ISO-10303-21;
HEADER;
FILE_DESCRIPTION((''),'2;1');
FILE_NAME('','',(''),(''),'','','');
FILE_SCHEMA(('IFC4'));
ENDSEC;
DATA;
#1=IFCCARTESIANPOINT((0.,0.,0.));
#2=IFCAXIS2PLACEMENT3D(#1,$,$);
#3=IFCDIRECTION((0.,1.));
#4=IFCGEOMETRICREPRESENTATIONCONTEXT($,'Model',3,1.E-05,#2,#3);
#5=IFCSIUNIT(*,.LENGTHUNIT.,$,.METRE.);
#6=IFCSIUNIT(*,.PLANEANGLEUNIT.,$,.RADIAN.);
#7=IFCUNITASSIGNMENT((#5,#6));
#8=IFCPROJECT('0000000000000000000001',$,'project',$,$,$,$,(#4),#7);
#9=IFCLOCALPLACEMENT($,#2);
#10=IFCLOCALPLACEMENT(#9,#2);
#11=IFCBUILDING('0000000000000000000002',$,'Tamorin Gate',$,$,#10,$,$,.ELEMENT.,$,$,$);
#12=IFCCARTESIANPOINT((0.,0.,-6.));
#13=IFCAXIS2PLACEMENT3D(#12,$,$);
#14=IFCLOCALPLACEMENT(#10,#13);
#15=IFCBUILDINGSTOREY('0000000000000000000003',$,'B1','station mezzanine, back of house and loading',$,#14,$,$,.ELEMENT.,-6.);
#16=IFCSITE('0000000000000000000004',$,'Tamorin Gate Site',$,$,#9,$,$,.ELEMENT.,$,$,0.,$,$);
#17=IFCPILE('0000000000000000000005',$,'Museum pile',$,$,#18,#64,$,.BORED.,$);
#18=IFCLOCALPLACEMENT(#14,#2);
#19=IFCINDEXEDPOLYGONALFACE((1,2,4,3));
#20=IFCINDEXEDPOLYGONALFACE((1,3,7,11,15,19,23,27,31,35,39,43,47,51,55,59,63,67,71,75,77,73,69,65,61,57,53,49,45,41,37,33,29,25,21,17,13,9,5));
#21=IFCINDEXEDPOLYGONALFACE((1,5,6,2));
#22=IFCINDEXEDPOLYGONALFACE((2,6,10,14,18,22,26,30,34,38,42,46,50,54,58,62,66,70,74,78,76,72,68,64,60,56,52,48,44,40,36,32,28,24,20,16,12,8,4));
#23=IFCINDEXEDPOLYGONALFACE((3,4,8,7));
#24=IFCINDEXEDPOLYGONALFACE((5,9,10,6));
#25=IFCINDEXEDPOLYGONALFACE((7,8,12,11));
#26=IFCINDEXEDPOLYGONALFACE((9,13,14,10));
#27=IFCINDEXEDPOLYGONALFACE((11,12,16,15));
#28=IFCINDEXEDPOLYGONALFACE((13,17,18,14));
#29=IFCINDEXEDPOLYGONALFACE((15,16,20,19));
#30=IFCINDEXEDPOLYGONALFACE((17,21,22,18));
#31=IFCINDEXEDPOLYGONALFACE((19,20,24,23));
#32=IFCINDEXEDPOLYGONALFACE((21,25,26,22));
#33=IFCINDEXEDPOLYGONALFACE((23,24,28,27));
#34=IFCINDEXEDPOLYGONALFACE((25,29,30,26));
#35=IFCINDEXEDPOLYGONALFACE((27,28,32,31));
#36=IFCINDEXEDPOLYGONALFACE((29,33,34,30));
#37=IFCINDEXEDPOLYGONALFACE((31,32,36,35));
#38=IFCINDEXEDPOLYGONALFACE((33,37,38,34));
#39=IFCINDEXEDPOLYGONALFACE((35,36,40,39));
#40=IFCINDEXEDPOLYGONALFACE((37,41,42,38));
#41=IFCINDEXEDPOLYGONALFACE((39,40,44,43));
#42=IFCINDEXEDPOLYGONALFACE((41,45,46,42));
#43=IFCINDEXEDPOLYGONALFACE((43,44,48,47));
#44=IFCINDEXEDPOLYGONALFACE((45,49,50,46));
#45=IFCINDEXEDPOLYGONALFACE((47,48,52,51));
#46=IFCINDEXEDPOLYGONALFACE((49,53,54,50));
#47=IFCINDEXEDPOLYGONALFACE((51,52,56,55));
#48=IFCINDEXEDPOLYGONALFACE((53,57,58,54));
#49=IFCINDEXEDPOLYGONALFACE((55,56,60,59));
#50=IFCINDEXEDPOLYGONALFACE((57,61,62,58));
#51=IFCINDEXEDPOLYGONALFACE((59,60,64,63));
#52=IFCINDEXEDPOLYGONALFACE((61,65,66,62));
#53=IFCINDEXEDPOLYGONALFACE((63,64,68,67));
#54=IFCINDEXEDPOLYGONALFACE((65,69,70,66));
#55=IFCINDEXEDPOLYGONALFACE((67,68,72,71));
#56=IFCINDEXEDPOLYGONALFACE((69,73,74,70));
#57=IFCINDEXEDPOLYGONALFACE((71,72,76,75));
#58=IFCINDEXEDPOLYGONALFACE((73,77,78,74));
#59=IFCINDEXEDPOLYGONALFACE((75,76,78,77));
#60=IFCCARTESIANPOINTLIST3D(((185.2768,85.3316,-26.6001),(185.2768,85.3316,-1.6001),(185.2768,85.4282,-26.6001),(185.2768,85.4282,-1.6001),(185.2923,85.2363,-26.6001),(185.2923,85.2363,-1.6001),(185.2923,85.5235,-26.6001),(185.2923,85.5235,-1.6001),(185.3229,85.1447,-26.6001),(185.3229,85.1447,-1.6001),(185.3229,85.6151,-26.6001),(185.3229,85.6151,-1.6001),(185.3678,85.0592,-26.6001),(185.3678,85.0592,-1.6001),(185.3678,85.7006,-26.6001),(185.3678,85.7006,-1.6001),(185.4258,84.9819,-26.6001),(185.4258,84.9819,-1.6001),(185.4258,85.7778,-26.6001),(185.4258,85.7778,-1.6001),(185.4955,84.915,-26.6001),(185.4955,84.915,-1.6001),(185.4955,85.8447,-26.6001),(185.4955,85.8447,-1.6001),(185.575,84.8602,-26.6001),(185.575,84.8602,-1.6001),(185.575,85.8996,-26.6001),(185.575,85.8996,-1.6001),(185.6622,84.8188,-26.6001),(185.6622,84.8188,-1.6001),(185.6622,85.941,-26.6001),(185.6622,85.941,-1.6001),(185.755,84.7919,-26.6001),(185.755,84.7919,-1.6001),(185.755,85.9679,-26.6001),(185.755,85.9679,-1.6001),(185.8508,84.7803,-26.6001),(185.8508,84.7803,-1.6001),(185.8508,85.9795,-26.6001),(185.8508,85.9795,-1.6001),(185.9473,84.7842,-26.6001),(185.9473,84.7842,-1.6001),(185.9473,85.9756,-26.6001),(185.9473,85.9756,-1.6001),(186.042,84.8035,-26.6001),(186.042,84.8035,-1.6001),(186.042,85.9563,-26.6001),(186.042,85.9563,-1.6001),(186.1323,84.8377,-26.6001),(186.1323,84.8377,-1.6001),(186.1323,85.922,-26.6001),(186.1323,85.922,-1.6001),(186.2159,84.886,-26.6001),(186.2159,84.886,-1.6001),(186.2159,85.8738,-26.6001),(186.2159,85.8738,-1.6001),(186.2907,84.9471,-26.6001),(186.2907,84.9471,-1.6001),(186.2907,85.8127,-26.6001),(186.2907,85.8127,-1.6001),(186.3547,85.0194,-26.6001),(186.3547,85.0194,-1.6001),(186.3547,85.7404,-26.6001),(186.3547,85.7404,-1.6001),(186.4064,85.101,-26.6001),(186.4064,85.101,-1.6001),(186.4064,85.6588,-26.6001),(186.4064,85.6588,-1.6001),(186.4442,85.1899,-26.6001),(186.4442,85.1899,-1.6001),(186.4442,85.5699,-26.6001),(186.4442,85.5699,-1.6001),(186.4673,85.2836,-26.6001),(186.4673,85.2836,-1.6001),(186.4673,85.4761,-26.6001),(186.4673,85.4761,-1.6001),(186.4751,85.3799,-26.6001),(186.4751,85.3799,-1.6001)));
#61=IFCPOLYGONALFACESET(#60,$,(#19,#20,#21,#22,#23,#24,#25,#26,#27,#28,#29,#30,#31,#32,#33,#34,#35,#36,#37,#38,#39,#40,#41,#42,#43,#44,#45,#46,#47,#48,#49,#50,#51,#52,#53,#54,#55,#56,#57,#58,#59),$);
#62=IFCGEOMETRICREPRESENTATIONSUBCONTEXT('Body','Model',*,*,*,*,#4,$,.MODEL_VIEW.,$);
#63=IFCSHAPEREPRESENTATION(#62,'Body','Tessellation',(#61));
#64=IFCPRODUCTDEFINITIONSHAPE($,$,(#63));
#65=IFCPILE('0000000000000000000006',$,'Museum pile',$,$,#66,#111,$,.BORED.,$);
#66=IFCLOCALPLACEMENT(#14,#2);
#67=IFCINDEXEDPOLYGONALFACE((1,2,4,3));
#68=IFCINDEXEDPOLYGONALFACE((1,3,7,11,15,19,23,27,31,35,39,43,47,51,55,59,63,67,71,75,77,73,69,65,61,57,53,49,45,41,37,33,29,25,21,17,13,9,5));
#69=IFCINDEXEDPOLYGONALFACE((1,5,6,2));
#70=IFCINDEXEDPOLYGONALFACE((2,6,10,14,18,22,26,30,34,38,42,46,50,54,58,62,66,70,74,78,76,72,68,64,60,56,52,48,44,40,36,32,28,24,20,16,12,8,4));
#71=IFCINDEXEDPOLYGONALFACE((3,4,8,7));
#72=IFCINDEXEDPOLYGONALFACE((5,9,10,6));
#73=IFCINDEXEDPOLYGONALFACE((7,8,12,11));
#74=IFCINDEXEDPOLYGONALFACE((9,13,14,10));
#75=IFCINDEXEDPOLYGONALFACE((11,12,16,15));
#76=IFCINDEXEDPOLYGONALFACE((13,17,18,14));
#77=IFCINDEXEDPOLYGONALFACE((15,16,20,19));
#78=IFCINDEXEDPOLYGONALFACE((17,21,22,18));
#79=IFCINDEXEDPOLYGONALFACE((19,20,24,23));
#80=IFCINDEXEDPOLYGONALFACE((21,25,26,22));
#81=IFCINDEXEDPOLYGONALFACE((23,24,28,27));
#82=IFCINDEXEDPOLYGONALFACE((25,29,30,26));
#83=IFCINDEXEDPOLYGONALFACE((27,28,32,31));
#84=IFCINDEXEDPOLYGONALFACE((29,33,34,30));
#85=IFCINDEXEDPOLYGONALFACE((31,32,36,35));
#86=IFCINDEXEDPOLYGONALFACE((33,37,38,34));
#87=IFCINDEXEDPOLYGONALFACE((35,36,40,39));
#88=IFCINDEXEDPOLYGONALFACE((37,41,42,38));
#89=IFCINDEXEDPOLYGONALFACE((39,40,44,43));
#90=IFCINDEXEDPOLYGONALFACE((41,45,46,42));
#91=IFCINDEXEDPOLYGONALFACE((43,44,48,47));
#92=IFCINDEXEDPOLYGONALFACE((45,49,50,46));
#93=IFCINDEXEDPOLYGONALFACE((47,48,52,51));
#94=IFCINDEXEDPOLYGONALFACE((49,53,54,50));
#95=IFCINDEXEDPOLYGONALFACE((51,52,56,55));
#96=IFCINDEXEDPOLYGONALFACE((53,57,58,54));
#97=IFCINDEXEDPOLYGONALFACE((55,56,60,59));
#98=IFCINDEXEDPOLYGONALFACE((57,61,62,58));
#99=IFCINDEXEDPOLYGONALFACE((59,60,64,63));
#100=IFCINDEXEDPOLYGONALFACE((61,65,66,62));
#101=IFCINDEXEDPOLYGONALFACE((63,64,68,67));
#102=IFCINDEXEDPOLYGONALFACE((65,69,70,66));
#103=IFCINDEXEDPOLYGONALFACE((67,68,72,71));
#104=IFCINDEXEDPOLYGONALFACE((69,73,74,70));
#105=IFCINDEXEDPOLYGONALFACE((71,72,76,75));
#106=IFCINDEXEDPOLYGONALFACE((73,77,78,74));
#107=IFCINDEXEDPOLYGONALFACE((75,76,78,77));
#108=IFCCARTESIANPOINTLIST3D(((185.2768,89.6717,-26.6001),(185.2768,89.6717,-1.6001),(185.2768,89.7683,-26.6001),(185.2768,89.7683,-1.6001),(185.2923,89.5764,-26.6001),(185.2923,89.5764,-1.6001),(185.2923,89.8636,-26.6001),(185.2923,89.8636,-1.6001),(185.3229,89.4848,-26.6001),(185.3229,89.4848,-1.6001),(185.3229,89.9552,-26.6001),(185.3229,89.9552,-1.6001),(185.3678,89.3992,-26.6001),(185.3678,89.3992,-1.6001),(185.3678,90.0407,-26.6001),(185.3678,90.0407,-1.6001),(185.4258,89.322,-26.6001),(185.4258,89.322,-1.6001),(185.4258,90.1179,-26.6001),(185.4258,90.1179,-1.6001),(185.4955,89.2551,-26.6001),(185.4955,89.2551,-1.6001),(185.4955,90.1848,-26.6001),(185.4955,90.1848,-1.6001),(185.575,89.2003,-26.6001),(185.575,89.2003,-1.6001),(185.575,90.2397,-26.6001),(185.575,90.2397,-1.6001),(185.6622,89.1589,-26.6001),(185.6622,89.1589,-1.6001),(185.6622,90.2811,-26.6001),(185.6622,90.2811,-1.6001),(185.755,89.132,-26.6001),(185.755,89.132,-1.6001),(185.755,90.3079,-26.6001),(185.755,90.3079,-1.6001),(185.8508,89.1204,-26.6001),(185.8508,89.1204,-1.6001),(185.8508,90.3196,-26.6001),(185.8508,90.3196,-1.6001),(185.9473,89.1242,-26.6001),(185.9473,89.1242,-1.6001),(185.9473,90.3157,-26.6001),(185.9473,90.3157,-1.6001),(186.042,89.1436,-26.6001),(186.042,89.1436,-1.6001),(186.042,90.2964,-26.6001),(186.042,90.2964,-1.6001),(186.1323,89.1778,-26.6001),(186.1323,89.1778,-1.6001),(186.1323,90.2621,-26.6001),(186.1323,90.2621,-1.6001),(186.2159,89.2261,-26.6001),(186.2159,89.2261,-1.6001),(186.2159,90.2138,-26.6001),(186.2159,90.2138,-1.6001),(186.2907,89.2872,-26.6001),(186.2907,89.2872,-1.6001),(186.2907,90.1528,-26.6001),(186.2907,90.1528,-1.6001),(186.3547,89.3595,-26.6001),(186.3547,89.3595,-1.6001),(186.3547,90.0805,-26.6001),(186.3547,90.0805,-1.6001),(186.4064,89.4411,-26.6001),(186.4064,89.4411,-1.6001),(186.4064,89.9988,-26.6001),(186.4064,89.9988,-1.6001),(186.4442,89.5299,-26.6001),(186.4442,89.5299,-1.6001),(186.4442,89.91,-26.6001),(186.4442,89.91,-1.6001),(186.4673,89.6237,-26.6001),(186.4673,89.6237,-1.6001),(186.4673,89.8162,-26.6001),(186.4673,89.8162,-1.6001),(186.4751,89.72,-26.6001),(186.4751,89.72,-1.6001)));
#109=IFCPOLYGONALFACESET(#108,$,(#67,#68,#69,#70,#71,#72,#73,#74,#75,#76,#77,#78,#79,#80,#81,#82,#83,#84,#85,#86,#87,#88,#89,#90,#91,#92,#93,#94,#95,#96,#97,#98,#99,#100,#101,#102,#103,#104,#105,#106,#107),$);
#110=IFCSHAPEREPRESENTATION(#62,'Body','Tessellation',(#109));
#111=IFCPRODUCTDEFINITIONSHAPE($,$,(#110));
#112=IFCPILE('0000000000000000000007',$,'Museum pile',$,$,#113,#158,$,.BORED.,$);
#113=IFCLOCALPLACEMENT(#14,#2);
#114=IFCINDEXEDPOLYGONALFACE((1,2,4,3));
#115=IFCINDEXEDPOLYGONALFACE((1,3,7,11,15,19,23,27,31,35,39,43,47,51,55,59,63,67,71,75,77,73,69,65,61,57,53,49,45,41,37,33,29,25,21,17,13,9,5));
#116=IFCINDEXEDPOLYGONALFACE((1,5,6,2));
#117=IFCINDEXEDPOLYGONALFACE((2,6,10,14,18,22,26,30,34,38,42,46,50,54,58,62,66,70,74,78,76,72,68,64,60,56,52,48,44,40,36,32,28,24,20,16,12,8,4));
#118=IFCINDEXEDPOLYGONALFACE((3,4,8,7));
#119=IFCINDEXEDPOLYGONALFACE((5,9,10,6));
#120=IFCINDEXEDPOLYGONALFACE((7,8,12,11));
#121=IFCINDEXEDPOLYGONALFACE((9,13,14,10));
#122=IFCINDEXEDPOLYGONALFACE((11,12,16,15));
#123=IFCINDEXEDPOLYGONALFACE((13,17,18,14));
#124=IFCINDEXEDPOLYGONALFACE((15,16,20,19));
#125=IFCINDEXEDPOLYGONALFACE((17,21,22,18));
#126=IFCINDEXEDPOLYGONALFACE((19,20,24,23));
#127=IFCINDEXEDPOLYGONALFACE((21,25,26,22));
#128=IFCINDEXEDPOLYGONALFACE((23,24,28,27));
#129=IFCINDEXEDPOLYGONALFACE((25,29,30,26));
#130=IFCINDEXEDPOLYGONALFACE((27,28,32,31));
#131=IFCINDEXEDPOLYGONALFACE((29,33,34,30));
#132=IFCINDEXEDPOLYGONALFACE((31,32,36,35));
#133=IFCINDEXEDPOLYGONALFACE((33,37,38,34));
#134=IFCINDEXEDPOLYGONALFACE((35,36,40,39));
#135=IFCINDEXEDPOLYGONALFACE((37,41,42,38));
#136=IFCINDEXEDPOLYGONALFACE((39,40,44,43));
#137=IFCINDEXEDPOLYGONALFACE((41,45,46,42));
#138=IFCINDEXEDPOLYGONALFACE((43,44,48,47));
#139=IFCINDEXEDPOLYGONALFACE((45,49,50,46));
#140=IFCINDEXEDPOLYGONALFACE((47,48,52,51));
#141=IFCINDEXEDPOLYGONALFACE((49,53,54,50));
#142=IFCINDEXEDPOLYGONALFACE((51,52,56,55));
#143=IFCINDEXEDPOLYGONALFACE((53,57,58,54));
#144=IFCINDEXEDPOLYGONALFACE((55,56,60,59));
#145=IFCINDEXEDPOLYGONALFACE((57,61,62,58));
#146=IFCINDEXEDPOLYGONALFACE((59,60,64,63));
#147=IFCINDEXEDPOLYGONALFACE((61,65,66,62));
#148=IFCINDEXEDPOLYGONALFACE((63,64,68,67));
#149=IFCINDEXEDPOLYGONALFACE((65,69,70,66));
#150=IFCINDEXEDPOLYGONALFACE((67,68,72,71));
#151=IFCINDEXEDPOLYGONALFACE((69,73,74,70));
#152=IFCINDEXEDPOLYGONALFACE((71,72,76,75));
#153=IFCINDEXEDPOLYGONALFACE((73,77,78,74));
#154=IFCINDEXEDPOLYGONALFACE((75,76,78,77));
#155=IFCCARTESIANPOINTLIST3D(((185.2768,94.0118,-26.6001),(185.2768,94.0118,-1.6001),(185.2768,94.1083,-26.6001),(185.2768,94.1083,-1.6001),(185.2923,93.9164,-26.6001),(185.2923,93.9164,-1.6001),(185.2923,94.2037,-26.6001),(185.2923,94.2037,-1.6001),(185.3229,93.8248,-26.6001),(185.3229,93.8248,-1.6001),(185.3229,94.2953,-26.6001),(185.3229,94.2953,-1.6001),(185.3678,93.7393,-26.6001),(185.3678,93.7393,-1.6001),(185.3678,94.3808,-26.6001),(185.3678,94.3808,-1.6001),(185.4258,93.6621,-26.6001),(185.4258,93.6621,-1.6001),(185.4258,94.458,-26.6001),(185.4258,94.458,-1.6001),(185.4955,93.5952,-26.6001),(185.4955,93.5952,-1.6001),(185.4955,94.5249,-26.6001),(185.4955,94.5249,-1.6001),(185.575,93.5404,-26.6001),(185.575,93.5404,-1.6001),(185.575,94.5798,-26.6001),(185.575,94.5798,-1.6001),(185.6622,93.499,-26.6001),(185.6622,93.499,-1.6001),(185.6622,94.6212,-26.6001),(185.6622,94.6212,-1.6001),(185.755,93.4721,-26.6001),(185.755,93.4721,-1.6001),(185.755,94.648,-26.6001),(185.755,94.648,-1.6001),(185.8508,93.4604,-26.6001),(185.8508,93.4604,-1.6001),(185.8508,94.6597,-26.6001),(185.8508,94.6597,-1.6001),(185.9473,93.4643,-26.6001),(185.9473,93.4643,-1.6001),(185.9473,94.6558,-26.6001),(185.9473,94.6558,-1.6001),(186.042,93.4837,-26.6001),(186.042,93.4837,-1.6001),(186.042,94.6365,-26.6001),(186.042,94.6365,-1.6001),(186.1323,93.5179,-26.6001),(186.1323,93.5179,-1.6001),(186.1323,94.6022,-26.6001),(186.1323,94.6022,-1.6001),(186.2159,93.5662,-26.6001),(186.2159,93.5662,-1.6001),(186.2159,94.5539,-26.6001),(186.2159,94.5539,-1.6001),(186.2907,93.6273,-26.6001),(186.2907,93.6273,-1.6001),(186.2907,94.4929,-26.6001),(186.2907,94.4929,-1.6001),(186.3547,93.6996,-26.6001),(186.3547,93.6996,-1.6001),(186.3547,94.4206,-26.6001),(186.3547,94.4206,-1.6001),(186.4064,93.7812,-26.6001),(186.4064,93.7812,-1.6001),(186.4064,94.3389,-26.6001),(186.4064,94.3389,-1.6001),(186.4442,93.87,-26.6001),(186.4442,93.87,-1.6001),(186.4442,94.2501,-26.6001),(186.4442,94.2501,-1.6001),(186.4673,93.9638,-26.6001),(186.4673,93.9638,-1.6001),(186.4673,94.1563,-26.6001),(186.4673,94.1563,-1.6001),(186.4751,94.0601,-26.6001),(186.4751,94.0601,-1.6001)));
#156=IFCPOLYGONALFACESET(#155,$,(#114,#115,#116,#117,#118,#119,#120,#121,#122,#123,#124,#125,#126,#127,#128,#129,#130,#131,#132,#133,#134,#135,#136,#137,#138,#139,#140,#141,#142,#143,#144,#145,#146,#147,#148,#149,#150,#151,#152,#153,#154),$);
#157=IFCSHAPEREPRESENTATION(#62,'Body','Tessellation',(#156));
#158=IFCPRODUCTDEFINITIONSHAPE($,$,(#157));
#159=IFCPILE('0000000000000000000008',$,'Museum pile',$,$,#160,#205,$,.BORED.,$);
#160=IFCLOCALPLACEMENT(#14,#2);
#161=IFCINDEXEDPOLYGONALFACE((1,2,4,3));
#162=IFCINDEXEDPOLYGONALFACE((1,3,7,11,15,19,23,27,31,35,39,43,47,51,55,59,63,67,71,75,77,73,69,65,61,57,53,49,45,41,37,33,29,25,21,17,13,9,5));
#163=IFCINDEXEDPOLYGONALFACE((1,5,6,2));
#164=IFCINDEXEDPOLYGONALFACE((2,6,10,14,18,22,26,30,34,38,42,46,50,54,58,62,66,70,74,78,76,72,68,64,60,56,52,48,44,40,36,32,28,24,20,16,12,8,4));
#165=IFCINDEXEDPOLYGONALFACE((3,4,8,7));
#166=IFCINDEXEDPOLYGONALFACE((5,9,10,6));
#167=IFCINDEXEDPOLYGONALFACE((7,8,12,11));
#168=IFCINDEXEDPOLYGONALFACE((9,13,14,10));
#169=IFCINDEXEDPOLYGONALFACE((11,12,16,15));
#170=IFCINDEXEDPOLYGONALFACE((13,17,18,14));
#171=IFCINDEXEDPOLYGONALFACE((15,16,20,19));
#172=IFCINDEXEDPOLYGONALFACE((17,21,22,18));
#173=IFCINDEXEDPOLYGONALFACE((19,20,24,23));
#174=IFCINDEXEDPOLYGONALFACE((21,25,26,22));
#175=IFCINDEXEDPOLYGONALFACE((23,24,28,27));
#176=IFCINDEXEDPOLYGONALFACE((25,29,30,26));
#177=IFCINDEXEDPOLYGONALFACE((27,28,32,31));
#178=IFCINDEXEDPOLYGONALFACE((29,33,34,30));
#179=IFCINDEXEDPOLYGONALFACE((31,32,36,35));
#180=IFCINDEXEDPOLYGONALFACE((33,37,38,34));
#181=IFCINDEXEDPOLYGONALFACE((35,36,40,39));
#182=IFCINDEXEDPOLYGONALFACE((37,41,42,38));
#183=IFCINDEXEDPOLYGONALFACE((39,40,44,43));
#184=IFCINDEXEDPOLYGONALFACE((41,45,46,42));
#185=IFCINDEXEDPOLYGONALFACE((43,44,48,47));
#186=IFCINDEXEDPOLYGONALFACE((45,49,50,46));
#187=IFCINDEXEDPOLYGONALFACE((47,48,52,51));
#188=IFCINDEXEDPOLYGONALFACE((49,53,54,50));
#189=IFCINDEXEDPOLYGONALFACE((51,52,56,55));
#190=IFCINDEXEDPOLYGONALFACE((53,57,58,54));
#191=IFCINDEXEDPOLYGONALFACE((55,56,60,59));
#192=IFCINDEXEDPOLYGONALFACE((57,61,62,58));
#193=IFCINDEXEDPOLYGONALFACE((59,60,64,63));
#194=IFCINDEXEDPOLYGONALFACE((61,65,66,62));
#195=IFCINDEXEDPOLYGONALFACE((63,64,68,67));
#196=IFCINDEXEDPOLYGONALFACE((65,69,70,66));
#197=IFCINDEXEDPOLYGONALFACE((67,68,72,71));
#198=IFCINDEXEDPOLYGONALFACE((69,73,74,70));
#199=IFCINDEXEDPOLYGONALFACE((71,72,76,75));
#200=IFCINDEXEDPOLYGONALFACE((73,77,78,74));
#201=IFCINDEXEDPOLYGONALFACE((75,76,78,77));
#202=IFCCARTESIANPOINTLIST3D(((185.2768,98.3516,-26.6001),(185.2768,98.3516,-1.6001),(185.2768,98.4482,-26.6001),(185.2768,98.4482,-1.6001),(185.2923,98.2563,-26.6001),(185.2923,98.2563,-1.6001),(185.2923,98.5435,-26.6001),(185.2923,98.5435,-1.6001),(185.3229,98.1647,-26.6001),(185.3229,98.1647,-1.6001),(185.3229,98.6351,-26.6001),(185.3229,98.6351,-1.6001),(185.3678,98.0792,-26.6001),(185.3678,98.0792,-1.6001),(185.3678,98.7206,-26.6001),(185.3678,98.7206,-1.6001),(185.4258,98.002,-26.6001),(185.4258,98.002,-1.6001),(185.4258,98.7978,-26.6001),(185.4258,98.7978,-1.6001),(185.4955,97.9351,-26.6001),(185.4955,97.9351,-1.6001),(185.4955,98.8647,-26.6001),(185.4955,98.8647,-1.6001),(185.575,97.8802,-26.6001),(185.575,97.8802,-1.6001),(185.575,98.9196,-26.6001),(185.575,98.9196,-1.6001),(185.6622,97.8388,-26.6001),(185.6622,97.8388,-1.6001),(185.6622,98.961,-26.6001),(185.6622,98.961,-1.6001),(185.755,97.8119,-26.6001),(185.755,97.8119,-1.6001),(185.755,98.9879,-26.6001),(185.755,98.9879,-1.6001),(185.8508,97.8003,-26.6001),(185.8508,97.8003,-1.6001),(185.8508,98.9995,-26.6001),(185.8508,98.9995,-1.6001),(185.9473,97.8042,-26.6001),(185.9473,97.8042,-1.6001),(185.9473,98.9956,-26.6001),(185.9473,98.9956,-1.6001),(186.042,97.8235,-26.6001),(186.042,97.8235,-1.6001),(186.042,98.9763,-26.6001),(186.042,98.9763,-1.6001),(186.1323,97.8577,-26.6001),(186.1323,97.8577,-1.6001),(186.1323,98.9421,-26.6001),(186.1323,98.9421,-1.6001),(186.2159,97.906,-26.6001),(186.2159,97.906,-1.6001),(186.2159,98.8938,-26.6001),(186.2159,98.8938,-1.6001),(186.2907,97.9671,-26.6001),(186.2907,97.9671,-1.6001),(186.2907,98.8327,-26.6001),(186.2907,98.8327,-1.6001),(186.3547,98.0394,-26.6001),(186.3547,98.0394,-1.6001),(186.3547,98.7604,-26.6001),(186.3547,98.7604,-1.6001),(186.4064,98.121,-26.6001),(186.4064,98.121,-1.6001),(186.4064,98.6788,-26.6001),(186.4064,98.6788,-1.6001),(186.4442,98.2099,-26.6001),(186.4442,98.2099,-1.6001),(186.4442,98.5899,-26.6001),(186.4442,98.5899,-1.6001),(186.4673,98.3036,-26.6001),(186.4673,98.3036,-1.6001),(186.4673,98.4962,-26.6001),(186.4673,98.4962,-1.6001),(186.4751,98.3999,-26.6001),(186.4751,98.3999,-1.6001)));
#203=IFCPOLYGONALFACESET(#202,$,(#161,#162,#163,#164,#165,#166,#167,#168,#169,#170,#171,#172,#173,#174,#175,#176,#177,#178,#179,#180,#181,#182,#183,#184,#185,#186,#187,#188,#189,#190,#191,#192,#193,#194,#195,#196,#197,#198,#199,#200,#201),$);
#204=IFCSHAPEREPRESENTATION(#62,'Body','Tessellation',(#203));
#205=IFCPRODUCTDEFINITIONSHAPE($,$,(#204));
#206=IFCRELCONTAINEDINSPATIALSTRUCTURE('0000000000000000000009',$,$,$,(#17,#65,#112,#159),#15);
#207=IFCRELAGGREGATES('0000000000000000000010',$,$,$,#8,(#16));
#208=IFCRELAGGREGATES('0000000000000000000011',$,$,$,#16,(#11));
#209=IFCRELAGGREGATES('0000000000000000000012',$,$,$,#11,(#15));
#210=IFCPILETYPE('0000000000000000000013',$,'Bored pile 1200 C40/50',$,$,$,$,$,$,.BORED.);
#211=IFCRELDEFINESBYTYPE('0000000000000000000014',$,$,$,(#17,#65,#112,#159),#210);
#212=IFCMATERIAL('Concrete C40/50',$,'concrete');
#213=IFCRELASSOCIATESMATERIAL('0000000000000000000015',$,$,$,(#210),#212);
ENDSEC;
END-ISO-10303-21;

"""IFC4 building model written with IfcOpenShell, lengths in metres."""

from ifc_helpers import new_model, si_unit, direction, frame, origin, origin_2d, place, context, subcontext, project, spatial, circle, extrude, material, material_profile, profile_set, type_object, element, save


model = new_model("IFC4")

# Units and contexts
model_context = context("Model", 3, precision=1e-05, world=origin(), true_north=direction((0.0, 1.0)))
body_context = subcontext(model_context, "Body", "Model", "MODEL_VIEW")
ifc_project = project(units=[si_unit("LENGTHUNIT", "METRE"), si_unit("PLANEANGLEUNIT", "RADIAN")], contexts=[model_context])

# Site, building, storey
site_placement = place(None, origin())
site = spatial("IfcSite", under=ifc_project, at=site_placement, Name="Tamorin Gate Site", CompositionType="ELEMENT", RefElevation=0.0)
building_placement = place(site_placement, origin())
building = spatial("IfcBuilding", under=site, at=building_placement, Name="Tamorin Gate", CompositionType="ELEMENT")
storey_placement = place(building_placement, frame((0.0, 0.0, -6.0)))
storey = spatial("IfcBuildingStorey", under=building, at=storey_placement, Name="B1", Description="station mezzanine, back of house and loading", CompositionType="ELEMENT", Elevation=-6.0)

# Piles
ifc_material_1 = material(Name="Concrete C40/50", Category="concrete")
ifc_material_profile_1 = material_profile(ifc_material_1, circle(Radius=0.6001, at=origin_2d()))
ifc_profile_set_1 = profile_set([ifc_material_profile_1], Name="Concrete C40/50")
pile_type = type_object("IfcPileType", Name="Bored pile 1200 C40/50", PredefinedType="BORED", material=ifc_profile_set_1)
for number, where, z_axis, x_axis, name in (
    (1, (185.875, 85.3799, -1.6001), (0.0, 0.0, -1.0), (1.0, 0.0, 0.0), "Museum pile"),
    (2, (185.875, 89.72, -1.6001), (0.0, 0.0, -1.0), (1.0, 0.0, 0.0), "Museum pile"),
    (3, (185.875, 94.0601, -1.6001), (0.0, 0.0, -1.0), (1.0, 0.0, 0.0), "Museum pile"),
    (4, (185.875, 98.3999, -1.6001), (0.0, 0.0, -1.0), (1.0, 0.0, 0.0), "Museum pile"),
):
    element("IfcPile", number, at=place(storey_placement, frame(where, z_axis=z_axis, x_axis=x_axis)), inside=storey, type_object=pile_type, Name=name, PredefinedType="BORED", context=body_context, shape_type="SweptSolid", body=[
        extrude(circle(Radius=0.6001, at=origin_2d()), origin(), (0.0, 0.0, 1.0), 25.0),
    ])

save(model, "model.ifc")
